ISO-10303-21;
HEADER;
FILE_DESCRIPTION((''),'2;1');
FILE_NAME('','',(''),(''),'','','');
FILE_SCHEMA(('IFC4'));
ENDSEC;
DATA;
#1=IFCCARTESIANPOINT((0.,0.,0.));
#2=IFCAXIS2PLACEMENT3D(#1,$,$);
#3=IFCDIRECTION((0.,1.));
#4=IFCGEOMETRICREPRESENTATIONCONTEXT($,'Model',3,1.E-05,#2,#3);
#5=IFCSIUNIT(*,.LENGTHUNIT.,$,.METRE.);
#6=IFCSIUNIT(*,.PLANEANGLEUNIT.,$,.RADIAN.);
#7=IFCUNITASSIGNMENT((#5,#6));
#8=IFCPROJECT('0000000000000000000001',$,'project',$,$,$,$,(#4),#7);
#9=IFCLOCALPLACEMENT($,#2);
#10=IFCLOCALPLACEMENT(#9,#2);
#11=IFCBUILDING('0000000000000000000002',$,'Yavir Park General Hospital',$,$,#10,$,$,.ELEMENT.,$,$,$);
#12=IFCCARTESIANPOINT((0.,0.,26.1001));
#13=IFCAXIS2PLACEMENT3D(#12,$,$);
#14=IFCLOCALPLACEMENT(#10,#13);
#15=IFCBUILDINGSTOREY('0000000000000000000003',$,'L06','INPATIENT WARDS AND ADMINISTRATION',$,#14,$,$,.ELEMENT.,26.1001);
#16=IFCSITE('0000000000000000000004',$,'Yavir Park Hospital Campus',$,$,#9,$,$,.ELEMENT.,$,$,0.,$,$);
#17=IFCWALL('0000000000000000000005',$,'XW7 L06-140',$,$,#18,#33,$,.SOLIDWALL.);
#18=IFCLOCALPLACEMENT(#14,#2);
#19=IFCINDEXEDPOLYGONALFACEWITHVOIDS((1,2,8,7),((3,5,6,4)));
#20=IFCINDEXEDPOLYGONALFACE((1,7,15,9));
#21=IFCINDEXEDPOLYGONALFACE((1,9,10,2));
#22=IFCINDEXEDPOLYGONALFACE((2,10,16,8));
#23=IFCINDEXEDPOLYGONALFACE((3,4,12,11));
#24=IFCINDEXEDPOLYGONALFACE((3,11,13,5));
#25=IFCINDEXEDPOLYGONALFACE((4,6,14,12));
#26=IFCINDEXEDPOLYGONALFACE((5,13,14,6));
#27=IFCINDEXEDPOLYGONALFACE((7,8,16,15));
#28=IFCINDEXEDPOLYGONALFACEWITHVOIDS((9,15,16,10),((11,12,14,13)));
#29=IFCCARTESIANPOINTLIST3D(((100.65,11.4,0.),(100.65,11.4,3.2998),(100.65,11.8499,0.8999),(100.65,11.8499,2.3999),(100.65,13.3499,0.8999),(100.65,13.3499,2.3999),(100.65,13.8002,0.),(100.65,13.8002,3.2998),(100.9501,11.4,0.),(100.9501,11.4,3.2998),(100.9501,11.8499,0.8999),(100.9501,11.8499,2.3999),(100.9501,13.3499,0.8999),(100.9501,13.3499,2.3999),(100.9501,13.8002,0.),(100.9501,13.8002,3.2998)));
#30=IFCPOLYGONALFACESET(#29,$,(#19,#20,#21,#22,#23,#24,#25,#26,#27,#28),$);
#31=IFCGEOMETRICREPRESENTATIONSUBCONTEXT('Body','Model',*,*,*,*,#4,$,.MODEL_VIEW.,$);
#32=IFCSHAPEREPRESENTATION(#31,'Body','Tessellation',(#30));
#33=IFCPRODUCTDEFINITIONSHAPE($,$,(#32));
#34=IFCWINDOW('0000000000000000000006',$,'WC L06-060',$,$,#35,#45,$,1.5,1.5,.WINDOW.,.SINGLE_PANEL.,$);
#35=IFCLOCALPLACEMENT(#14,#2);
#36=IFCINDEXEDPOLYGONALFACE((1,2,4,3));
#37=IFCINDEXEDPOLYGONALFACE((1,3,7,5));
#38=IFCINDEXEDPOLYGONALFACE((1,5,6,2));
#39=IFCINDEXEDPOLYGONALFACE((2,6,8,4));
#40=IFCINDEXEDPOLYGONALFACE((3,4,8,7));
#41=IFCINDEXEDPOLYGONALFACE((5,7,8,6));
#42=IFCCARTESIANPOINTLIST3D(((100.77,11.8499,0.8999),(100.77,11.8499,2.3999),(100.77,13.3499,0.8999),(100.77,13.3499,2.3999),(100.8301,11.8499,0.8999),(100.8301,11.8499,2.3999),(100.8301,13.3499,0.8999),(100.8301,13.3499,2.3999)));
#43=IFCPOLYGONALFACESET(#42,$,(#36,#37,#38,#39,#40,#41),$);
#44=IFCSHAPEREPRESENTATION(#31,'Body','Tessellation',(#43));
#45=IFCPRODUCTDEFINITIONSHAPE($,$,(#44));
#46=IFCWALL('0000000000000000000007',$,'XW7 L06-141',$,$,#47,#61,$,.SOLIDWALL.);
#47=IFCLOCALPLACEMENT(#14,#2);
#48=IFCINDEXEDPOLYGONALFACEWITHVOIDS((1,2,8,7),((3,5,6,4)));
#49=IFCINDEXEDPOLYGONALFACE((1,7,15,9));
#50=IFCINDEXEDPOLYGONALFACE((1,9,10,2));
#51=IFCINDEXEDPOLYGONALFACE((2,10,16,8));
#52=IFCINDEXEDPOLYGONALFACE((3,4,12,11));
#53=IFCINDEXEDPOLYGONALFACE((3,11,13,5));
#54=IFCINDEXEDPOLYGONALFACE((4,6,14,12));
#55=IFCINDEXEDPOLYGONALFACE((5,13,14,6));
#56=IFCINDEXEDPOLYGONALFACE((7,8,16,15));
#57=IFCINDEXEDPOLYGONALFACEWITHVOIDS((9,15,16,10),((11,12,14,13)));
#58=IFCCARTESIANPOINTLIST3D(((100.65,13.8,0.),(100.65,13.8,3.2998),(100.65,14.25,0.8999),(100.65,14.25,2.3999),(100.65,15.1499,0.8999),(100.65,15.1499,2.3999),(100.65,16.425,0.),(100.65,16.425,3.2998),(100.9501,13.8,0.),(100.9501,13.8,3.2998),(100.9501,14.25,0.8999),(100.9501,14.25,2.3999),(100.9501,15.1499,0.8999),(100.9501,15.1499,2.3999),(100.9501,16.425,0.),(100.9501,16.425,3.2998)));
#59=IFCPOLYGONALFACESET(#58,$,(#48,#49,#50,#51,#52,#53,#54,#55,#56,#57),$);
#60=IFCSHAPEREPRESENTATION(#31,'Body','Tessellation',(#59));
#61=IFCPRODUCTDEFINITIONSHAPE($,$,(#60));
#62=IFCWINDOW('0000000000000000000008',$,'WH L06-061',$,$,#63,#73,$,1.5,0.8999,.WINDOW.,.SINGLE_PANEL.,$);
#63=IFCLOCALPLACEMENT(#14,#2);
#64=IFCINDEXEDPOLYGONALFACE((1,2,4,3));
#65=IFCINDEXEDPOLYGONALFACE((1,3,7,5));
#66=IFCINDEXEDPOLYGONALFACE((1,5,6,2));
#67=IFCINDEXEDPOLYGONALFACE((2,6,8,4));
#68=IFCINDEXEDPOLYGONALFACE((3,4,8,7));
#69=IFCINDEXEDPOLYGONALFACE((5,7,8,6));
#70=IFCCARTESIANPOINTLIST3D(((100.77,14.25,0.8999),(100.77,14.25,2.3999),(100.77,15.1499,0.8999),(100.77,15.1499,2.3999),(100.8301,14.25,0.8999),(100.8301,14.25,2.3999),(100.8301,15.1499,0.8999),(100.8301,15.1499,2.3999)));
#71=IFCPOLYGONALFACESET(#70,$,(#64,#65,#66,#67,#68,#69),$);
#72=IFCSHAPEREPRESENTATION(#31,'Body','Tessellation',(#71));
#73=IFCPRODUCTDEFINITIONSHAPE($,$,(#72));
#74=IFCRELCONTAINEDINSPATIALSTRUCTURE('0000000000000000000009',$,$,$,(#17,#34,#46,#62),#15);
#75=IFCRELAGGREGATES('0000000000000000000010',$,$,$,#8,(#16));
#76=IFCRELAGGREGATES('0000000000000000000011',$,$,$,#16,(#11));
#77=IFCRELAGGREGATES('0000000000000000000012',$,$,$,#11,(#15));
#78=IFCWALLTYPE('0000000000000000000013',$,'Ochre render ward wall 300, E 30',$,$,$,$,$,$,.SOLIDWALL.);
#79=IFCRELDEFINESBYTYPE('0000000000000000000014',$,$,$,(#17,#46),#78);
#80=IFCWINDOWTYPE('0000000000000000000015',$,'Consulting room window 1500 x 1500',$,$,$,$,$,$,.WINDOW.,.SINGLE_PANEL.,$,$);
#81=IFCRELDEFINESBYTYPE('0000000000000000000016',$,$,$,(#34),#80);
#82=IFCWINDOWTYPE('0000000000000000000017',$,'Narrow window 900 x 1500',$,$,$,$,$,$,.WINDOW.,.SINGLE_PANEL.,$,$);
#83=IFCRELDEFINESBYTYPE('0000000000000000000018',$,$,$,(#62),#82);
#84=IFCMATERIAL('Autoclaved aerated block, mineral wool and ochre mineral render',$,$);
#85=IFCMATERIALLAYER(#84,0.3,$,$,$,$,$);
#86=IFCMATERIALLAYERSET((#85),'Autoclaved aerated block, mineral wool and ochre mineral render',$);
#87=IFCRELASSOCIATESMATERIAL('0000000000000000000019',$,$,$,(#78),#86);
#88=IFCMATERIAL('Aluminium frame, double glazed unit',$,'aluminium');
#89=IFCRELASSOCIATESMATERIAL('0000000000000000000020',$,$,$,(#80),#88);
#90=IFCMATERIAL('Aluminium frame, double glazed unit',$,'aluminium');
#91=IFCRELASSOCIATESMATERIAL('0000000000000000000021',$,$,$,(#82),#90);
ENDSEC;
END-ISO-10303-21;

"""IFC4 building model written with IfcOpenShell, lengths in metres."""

from ifc_helpers import new_model, si_unit, direction, frame, frame_2d, origin, place, context, subcontext, project, spatial, rectangle, extrude, material, layer, layer_set, type_object, element, fill, save


model = new_model("IFC4")

# Units and contexts
model_context = context("Model", 3, precision=1e-05, world=origin(), true_north=direction((0.0, 1.0)))
body_context = subcontext(model_context, "Body", "Model", "MODEL_VIEW")
ifc_project = project(units=[si_unit("LENGTHUNIT", "METRE"), si_unit("PLANEANGLEUNIT", "RADIAN")], contexts=[model_context])

# Site, building, storey
site_placement = place(None, origin())
site = spatial("IfcSite", under=ifc_project, at=site_placement, Name="Yavir Park Hospital Campus", CompositionType="ELEMENT", RefElevation=0.0)
building_placement = place(site_placement, origin())
building = spatial("IfcBuilding", under=site, at=building_placement, Name="Yavir Park General Hospital", CompositionType="ELEMENT")
storey_placement = place(building_placement, frame((0.0, 0.0, 26.1001)))
storey = spatial("IfcBuildingStorey", under=building, at=storey_placement, Name="L06", Description="INPATIENT WARDS AND ADMINISTRATION", CompositionType="ELEMENT", Elevation=26.1001)

# Walls, openings, windows
ifc_material_1 = material(Name="Autoclaved aerated block, mineral wool and ochre mineral render")
ifc_layer_1 = layer(ifc_material_1, 0.3)
ifc_layer_set_1 = layer_set([ifc_layer_1], Name="Autoclaved aerated block, mineral wool and ochre mineral render")
wall_type_1 = type_object("IfcWallType", Name="Ochre render ward wall 300, E 30", PredefinedType="SOLIDWALL", material=ifc_layer_set_1)
wall_1_placement = place(storey_placement, frame((100.8, 11.3999, 0.0), z_axis=(0.0, 0.0, 1.0), x_axis=(0.0, 1.0, 0.0)))
wall_1 = element("IfcWall", 1, at=wall_1_placement, inside=storey, type_object=wall_type_1, Name="XW7 L06-140", PredefinedType="SOLIDWALL", context=body_context, shape_type="SweptSolid", body=[
    extrude(rectangle(XDim=2.4001, YDim=0.3, at=frame_2d((1.2002, 0.0))), origin(), (0.0, 0.0, 1.0), 3.2998),
])
opening_1_placement = place(wall_1_placement, frame((0.45, 0.0, 0.8999)))
opening_1 = element("IfcOpeningElement", 2, at=opening_1_placement, cuts=wall_1, PredefinedType="OPENING", context=body_context, shape_type="SweptSolid", body=[
    extrude(rectangle(XDim=1.5, YDim=1.5, at=frame_2d((0.75, 0.75))), frame((0.0, 0.1599, 0.0), z_axis=(0.0, -1.0, 0.0), x_axis=(1.0, 0.0, 0.0)), (0.0, 0.0, 1.0), 0.3201),
])
ifc_material_2 = material(Name="Aluminium frame, double glazed unit", Category="aluminium")
window_type_1 = type_object("IfcWindowType", Name="Consulting room window 1500 x 1500", PartitioningType="SINGLE_PANEL", PredefinedType="WINDOW", material=ifc_material_2)
window_1_placement = place(opening_1_placement, origin())
window_1 = element("IfcWindow", 3, at=window_1_placement, inside=storey, type_object=window_type_1, Name="WC L06-060", OverallHeight=1.5, OverallWidth=1.5, PartitioningType="SINGLE_PANEL", PredefinedType="WINDOW", context=body_context, shape_type="SweptSolid", body=[
    extrude(rectangle(XDim=1.5, YDim=1.5, at=frame_2d((0.75, 0.75))), frame((0.0, 0.03, 0.0), z_axis=(0.0, -1.0, 0.0), x_axis=(1.0, 0.0, 0.0)), (0.0, 0.0, 1.0), 0.0601),
])
fill(opening_1, window_1)
wall_2_placement = place(storey_placement, frame((100.8, 13.8, 0.0), z_axis=(0.0, 0.0, 1.0), x_axis=(0.0, 1.0, 0.0)))
wall_2 = element("IfcWall", 4, at=wall_2_placement, inside=storey, type_object=wall_type_1, Name="XW7 L06-141", PredefinedType="SOLIDWALL", context=body_context, shape_type="SweptSolid", body=[
    extrude(rectangle(XDim=2.625, YDim=0.3, at=frame_2d((1.3125, 0.0))), origin(), (0.0, 0.0, 1.0), 3.2998),
])
opening_2_placement = place(wall_2_placement, frame((0.45, 0.0, 0.8999)))
opening_2 = element("IfcOpeningElement", 5, at=opening_2_placement, cuts=wall_2, PredefinedType="OPENING", context=body_context, shape_type="SweptSolid", body=[
    extrude(rectangle(XDim=0.8999, YDim=1.5, at=frame_2d((0.45, 0.75))), frame((0.0, 0.1599, 0.0), z_axis=(0.0, -1.0, 0.0), x_axis=(1.0, 0.0, 0.0)), (0.0, 0.0, 1.0), 0.3201),
])
ifc_material_3 = material(Name="Aluminium frame, double glazed unit", Category="aluminium")
window_type_2 = type_object("IfcWindowType", Name="Narrow window 900 x 1500", PartitioningType="SINGLE_PANEL", PredefinedType="WINDOW", material=ifc_material_3)
window_2_placement = place(opening_2_placement, origin())
window_2 = element("IfcWindow", 6, at=window_2_placement, inside=storey, type_object=window_type_2, Name="WH L06-061", OverallHeight=1.5, OverallWidth=0.8999, PartitioningType="SINGLE_PANEL", PredefinedType="WINDOW", context=body_context, shape_type="SweptSolid", body=[
    extrude(rectangle(XDim=0.8999, YDim=1.5, at=frame_2d((0.45, 0.75))), frame((0.0, 0.03, 0.0), z_axis=(0.0, -1.0, 0.0), x_axis=(1.0, 0.0, 0.0)), (0.0, 0.0, 1.0), 0.0601),
])
fill(opening_2, window_2)

save(model, "model.ifc")
